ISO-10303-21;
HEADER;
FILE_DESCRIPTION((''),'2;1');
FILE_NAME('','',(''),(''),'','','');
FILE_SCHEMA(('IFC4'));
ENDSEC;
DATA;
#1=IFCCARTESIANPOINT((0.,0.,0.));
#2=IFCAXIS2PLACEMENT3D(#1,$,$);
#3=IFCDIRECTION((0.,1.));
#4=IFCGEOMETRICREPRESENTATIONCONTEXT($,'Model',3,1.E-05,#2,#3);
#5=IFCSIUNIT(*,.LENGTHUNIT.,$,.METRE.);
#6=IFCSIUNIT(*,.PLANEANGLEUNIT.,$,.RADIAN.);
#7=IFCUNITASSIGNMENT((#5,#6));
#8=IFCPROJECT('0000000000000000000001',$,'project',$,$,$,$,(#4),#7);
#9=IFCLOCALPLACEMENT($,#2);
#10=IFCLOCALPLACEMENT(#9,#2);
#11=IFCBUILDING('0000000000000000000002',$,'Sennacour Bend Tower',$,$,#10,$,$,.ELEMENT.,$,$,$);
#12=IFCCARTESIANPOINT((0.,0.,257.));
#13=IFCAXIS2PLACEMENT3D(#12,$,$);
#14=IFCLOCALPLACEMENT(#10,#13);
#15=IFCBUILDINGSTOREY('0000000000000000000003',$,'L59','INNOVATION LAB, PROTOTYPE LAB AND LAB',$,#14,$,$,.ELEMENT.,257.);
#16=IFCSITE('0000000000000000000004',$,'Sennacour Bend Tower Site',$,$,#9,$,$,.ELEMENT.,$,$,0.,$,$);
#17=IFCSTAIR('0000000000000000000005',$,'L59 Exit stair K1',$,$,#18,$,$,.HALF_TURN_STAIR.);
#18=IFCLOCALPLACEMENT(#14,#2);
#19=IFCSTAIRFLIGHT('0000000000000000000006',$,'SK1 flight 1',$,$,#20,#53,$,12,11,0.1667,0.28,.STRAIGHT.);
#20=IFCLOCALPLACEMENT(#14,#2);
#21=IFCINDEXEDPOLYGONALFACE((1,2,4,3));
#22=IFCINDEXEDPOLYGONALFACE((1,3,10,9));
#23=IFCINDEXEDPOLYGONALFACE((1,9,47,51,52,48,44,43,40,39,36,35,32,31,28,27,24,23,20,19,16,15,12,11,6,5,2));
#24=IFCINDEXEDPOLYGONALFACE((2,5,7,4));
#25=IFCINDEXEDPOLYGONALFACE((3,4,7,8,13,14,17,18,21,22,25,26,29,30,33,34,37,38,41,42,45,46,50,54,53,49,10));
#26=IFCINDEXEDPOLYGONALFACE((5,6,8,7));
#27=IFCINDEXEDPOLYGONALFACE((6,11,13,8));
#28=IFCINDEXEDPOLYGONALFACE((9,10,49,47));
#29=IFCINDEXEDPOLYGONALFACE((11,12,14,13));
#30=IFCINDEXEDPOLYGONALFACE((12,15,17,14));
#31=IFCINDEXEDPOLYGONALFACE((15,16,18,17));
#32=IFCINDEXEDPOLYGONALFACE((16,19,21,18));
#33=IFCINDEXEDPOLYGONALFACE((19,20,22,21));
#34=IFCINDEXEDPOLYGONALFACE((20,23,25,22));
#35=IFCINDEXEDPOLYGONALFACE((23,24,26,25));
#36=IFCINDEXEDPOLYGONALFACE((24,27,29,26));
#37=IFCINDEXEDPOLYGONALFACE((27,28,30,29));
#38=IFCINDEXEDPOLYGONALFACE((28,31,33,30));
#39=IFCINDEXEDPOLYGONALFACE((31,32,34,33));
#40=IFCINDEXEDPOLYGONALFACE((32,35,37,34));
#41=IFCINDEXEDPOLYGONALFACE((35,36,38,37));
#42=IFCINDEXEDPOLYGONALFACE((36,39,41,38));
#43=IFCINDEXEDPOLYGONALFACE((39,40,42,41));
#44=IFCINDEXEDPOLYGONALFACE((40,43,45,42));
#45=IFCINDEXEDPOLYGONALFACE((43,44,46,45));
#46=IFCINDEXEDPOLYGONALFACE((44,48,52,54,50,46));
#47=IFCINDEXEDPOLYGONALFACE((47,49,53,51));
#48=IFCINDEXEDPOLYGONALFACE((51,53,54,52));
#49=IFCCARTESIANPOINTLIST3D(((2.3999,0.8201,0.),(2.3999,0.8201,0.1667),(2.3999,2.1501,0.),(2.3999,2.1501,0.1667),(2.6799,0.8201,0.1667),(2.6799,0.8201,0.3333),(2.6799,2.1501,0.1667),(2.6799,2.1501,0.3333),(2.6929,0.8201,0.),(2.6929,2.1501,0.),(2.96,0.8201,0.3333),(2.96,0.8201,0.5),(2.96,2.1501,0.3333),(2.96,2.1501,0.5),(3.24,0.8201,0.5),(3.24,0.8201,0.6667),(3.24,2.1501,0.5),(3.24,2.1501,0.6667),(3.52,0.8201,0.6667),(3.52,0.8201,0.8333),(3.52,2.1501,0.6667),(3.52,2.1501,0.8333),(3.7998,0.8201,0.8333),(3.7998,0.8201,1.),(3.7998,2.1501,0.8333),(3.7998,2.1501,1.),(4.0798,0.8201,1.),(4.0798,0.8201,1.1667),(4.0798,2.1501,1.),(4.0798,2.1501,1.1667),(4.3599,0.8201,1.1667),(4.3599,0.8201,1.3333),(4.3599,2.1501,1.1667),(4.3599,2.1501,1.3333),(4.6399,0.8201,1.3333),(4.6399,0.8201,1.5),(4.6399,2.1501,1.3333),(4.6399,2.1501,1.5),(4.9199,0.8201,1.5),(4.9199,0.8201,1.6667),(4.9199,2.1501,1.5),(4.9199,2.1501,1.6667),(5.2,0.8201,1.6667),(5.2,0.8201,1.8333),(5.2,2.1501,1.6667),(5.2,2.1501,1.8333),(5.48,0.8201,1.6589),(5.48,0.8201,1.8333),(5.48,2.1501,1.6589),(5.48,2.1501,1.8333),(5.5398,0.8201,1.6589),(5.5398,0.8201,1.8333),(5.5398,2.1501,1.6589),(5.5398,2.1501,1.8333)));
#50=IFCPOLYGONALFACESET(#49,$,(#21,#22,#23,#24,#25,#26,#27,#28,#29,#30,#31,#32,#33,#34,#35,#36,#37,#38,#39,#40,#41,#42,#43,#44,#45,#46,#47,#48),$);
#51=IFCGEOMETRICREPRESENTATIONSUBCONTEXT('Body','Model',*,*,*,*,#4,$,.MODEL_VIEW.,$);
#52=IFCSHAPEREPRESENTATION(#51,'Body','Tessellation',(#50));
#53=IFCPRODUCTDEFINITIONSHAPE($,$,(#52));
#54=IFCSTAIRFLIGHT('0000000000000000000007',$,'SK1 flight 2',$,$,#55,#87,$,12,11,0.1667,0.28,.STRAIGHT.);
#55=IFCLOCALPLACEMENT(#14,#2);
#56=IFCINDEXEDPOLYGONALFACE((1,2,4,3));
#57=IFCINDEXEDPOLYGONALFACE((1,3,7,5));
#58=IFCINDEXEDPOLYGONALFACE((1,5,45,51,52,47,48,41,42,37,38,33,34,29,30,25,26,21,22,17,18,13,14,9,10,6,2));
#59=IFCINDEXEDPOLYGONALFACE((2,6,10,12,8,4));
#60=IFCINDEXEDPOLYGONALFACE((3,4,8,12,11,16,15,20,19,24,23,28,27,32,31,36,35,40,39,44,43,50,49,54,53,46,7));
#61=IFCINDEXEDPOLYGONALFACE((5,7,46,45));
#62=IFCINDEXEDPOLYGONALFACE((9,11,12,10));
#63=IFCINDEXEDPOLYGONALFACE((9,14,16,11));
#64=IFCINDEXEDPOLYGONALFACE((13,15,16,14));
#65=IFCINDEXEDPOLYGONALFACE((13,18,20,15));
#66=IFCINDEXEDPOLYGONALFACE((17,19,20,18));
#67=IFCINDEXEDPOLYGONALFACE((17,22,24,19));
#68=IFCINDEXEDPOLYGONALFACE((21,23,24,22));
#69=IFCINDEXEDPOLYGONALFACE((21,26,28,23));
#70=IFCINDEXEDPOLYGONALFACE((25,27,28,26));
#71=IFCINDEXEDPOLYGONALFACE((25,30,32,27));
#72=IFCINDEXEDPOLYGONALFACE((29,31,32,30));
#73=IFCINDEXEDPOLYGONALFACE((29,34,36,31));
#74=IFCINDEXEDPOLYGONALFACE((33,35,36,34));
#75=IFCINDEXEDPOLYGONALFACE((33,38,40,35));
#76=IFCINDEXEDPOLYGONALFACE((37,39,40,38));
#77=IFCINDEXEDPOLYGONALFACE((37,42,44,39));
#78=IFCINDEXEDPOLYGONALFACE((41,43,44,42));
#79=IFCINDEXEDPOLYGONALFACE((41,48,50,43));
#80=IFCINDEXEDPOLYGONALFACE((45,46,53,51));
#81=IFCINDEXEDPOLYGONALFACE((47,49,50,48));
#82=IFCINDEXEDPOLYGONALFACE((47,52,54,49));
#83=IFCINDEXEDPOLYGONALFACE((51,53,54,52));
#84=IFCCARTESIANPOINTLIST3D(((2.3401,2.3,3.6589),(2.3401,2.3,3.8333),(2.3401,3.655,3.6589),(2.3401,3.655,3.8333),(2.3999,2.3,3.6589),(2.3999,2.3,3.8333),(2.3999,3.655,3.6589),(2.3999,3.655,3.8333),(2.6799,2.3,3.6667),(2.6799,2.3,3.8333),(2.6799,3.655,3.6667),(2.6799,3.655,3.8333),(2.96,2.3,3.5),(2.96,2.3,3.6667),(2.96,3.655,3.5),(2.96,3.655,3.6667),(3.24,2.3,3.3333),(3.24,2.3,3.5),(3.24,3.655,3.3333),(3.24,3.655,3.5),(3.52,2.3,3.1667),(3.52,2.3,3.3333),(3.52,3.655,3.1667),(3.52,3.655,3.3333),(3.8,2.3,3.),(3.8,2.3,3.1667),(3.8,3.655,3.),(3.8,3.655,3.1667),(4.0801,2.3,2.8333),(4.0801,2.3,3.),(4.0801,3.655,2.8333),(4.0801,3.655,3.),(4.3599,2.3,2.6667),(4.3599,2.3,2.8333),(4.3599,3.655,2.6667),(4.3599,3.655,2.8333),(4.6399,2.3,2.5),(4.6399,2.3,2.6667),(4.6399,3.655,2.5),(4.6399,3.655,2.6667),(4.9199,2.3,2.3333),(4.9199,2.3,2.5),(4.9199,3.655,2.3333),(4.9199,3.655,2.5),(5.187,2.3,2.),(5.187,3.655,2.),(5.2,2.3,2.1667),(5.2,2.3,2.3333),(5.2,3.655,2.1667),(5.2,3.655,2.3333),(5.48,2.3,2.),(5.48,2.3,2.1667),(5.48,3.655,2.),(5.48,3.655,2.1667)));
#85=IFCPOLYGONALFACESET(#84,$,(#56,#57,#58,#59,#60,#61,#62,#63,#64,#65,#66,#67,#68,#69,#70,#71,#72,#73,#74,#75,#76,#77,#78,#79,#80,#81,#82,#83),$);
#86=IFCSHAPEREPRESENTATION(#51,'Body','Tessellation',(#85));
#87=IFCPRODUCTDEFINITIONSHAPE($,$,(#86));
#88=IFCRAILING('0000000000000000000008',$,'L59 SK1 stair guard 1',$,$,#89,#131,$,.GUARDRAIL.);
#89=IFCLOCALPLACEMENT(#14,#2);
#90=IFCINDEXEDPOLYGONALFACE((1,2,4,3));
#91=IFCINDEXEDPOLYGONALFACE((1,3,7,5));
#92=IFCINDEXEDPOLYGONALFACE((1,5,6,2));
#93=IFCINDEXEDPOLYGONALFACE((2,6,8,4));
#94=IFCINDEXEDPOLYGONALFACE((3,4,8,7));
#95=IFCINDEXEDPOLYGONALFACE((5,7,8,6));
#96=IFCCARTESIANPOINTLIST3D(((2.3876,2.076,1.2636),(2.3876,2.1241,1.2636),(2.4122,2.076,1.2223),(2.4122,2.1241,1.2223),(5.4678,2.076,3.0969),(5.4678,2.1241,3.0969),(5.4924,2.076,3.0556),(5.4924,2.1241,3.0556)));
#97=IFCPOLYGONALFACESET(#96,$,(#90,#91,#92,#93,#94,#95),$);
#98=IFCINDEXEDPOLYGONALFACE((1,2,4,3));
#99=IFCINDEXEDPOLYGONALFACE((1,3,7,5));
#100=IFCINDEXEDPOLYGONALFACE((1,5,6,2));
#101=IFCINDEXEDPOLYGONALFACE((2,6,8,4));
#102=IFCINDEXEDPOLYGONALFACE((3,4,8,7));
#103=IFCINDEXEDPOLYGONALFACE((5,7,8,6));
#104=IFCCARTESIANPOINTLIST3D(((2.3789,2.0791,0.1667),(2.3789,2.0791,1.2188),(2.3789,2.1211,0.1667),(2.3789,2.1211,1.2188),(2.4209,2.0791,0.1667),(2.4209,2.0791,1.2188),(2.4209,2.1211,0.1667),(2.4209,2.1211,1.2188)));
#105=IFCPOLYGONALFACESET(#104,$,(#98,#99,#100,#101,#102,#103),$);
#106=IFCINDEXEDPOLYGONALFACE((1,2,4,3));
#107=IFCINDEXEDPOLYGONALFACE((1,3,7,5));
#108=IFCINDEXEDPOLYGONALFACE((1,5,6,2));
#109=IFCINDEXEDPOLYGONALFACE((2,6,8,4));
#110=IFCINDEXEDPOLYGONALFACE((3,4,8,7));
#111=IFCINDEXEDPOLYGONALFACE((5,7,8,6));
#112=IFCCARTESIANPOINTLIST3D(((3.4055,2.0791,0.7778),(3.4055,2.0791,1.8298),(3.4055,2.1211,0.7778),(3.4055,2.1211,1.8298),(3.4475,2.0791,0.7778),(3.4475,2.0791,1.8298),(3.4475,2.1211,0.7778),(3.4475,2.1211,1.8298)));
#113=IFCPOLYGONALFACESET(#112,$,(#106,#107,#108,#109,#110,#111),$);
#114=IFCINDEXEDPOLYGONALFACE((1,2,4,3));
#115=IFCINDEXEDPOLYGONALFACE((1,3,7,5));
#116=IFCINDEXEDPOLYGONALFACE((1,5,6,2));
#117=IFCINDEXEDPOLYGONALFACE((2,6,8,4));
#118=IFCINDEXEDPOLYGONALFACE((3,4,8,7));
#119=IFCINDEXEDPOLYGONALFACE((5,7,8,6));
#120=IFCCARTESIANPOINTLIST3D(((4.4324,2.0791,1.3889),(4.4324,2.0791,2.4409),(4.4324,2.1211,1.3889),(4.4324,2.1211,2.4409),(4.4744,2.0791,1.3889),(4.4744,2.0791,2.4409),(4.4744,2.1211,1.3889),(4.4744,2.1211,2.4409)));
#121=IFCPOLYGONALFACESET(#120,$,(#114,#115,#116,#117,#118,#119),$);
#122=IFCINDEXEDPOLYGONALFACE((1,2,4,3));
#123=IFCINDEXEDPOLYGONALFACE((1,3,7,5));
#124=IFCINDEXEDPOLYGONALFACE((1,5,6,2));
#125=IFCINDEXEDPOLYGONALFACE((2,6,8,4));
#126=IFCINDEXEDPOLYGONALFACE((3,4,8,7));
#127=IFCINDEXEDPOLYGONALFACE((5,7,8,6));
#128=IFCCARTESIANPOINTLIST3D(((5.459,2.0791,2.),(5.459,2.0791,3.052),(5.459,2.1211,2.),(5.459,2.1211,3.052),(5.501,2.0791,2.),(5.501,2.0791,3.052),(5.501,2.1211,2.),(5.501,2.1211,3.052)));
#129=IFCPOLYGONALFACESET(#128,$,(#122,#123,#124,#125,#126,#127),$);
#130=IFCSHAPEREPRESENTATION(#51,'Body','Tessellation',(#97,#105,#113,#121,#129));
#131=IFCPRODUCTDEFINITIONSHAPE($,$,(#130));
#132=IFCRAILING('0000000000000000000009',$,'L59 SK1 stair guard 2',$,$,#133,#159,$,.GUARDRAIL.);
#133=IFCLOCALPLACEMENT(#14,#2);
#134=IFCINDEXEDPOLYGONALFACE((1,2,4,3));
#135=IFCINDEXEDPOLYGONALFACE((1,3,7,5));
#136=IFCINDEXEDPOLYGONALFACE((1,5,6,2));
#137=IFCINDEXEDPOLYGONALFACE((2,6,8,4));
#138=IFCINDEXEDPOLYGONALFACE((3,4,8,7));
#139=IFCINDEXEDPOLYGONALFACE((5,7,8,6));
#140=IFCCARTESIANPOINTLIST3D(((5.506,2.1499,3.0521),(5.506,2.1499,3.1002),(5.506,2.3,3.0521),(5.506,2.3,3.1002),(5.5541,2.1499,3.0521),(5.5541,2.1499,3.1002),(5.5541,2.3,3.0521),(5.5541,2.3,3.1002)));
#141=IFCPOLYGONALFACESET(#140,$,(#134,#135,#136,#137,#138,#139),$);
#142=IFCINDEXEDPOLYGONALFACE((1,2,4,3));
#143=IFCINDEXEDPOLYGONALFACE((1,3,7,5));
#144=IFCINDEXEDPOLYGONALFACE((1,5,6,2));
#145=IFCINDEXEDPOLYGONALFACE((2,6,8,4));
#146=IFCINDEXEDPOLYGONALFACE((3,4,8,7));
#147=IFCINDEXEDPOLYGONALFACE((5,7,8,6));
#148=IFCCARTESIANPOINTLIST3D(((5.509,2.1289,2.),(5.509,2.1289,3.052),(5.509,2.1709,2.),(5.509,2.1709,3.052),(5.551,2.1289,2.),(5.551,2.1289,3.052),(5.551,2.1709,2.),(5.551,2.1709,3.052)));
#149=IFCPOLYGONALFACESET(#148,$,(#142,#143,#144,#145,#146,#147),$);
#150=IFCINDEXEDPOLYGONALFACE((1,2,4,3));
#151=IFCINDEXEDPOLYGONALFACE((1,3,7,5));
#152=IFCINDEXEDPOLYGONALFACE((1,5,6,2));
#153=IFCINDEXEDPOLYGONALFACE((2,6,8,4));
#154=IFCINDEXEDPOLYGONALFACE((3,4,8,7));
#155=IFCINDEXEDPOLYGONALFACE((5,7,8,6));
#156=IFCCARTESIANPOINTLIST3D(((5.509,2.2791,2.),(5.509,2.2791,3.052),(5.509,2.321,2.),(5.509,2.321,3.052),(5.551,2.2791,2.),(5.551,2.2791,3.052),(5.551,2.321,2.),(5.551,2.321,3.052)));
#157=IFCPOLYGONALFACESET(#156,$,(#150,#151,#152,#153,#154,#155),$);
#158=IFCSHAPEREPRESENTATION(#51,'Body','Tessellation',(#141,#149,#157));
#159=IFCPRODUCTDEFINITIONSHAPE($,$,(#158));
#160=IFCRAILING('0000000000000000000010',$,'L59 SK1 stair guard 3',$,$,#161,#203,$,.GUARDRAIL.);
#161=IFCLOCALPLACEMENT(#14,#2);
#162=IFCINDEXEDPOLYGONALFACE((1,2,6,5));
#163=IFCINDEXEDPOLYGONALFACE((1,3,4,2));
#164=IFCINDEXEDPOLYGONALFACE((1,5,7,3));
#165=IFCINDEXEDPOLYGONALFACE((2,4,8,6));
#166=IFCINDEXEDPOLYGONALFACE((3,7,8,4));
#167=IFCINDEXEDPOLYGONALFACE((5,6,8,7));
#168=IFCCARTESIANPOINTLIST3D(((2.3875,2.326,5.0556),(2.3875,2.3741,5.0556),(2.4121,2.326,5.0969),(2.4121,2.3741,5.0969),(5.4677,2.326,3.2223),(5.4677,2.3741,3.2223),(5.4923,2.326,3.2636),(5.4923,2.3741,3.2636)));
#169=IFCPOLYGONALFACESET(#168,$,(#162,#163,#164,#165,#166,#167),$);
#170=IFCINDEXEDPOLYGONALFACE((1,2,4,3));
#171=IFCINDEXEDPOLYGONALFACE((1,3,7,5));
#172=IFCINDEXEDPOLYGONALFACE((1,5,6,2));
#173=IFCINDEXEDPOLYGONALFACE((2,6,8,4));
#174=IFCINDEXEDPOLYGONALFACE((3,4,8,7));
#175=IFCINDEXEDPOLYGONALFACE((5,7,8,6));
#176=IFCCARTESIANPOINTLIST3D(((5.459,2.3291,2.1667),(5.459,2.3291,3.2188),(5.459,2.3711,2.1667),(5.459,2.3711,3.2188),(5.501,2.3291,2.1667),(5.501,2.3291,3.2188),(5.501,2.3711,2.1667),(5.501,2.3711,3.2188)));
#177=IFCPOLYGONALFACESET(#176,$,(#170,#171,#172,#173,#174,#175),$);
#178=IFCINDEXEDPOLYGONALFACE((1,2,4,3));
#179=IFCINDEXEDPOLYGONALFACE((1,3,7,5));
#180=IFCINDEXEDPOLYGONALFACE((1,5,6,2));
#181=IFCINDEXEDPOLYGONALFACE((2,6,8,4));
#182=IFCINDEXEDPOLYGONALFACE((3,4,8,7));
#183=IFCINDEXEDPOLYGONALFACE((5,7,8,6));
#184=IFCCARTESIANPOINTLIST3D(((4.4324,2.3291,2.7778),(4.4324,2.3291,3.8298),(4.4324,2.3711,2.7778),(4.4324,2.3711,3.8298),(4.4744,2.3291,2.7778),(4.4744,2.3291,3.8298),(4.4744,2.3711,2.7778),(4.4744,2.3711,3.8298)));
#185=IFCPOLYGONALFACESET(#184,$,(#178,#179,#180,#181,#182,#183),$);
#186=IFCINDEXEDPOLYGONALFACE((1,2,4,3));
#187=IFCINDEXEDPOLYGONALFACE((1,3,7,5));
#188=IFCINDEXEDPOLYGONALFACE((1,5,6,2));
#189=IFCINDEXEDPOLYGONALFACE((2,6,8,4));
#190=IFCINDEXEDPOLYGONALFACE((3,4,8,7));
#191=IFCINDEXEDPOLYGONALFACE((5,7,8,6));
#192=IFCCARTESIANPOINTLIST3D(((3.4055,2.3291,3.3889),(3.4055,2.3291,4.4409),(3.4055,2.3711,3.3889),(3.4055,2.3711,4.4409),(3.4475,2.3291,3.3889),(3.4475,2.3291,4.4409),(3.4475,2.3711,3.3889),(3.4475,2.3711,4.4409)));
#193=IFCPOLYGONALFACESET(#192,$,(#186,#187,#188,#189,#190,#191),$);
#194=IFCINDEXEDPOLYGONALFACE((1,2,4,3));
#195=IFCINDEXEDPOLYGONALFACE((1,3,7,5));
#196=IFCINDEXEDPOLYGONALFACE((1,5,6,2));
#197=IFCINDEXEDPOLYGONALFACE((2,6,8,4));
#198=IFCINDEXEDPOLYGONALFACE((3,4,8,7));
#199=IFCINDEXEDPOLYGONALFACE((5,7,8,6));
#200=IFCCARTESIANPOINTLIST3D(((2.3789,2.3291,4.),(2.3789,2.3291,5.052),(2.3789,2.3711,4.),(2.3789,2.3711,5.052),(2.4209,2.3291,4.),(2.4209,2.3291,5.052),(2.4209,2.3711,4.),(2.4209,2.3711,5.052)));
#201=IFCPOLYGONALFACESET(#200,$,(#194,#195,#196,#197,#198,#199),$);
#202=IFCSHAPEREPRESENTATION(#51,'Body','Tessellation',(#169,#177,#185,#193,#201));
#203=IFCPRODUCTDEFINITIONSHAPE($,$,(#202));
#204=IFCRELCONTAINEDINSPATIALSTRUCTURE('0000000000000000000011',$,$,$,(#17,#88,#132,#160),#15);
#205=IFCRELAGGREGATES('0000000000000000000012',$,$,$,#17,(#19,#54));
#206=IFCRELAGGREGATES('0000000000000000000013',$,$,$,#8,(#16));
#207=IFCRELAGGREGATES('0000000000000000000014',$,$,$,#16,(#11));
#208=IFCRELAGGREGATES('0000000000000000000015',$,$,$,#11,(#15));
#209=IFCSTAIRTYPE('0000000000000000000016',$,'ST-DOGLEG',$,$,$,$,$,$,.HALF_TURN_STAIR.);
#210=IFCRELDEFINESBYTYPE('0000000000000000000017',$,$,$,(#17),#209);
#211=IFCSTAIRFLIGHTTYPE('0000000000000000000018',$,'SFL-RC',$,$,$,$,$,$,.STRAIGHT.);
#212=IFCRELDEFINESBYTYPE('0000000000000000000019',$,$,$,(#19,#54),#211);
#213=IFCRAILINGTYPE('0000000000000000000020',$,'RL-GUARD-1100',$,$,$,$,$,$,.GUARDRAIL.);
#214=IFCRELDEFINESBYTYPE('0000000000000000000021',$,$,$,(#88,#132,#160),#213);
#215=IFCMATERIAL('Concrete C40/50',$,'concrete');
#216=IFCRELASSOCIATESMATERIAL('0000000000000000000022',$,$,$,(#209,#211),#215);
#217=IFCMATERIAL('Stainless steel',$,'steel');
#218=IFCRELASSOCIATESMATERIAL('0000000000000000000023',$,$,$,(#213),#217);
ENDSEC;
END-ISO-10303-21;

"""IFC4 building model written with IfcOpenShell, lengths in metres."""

from ifc_helpers import new_model, si_unit, direction, frame, origin, origin_2d, place, context, subcontext, project, spatial, polyline, rectangle, outline, extrude, material, type_object, element, aggregate, save


model = new_model("IFC4")

# Units and contexts
model_context = context("Model", 3, precision=1e-05, world=origin(), true_north=direction((0.0, 1.0)))
body_context = subcontext(model_context, "Body", "Model", "MODEL_VIEW")
ifc_project = project(units=[si_unit("LENGTHUNIT", "METRE"), si_unit("PLANEANGLEUNIT", "RADIAN")], contexts=[model_context])

# Site, building, storey
site_placement = place(None, origin())
site = spatial("IfcSite", under=ifc_project, at=site_placement, Name="Sennacour Bend Tower Site", CompositionType="ELEMENT", RefElevation=0.0)
building_placement = place(site_placement, origin())
building = spatial("IfcBuilding", under=site, at=building_placement, Name="Sennacour Bend Tower", CompositionType="ELEMENT")
storey_placement = place(building_placement, frame((0.0, 0.0, 257.0)))
storey = spatial("IfcBuildingStorey", under=building, at=storey_placement, Name="L59", Description="INNOVATION LAB, PROTOTYPE LAB AND LAB", CompositionType="ELEMENT", Elevation=257.0)

# Shared definitions
ifc_material_1 = material(Name="Concrete C40/50", Category="concrete")

# Stair
stair_type = type_object("IfcStairType", Name="ST-DOGLEG", PredefinedType="HALF_TURN_STAIR", material=ifc_material_1)
stair_1_placement = place(storey_placement, origin())
stair_1 = element("IfcStair", 1, at=stair_1_placement, inside=storey, type_object=stair_type, Name="L59 Exit stair K1", PredefinedType="HALF_TURN_STAIR")

# Stair flights
stair_flight_type = type_object("IfcStairFlightType", Name="SFL-RC", PredefinedType="STRAIGHT", material=ifc_material_1)
stair_flight_1_placement = place(storey_placement, frame((2.3999, 1.4851, 0.0), z_axis=(0.0, 0.0, 1.0), x_axis=(1.0, 0.0, 0.0)))
stair_flight_1 = element("IfcStairFlight", 2, at=stair_flight_1_placement, type_object=stair_flight_type, Name="SK1 flight 1", NumberOfRisers=12, NumberOfTreads=11, PredefinedType="STRAIGHT", RiserHeight=0.1667, TreadLength=0.28, context=body_context, shape_type="SweptSolid", body=[
    extrude(outline(polyline([(0.0, 0.0), (0.0, 0.1667), (0.28, 0.1667), (0.28, 0.3333), (0.5601, 0.3333), (0.5601, 0.5), (0.8401, 0.5), (0.8401, 0.6667), (1.1201, 0.6667), (1.1201, 0.8333), (1.3999, 0.8333), (1.3999, 1.0), (1.6799, 1.0), (1.6799, 1.1667), (1.96, 1.1667), (1.96, 1.3333), (2.24, 1.3333), (2.24, 1.5), (2.52, 1.5), (2.52, 1.6667), (2.8, 1.6667), (2.8, 1.8333), (3.0801, 1.8333), (3.1399, 1.8333), (3.1399, 1.6589), (3.0801, 1.6589), (0.293, 0.0), (0.0, 0.0)])), frame((0.0, 0.665, 0.0), z_axis=(0.0, -1.0, 0.0), x_axis=(1.0, 0.0, 0.0)), (0.0, 0.0, 1.0), 1.3301),
])
stair_flight_2_placement = place(storey_placement, frame((5.48, 2.9775, 2.0), z_axis=(0.0, 0.0, 1.0), x_axis=(-1.0, 0.0, 0.0)))
stair_flight_2 = element("IfcStairFlight", 3, at=stair_flight_2_placement, type_object=stair_flight_type, Name="SK1 flight 2", NumberOfRisers=12, NumberOfTreads=11, PredefinedType="STRAIGHT", RiserHeight=0.1667, TreadLength=0.28, context=body_context, shape_type="SweptSolid", body=[
    extrude(outline(polyline([(0.0, 0.0), (0.0, 0.1667), (0.28, 0.1667), (0.28, 0.3333), (0.5601, 0.3333), (0.5601, 0.5), (0.8401, 0.5), (0.8401, 0.6667), (1.1201, 0.6667), (1.1201, 0.8333), (1.3999, 0.8333), (1.3999, 1.0), (1.6799, 1.0), (1.6799, 1.1667), (1.96, 1.1667), (1.96, 1.3333), (2.24, 1.3333), (2.24, 1.5), (2.52, 1.5), (2.52, 1.6667), (2.8, 1.6667), (2.8, 1.8333), (3.0801, 1.8333), (3.1399, 1.8333), (3.1399, 1.6589), (3.0801, 1.6589), (0.293, 0.0), (0.0, 0.0)])), frame((0.0, 0.6775, 0.0), z_axis=(0.0, -1.0, 0.0), x_axis=(1.0, 0.0, 0.0)), (0.0, 0.0, 1.0), 1.355),
])
aggregate(stair_1, [stair_flight_1, stair_flight_2])

# Railings
ifc_material_2 = material(Name="Stainless steel", Category="steel")
railing_type_1 = type_object("IfcRailingType", Name="RL-GUARD-1100", PredefinedType="GUARDRAIL", material=ifc_material_2)
railing_1_placement = place(storey_placement, frame((2.3999, 2.1001, 0.1667)))
element("IfcRailing", 4, at=railing_1_placement, inside=storey, type_object=railing_type_1, Name="L59 SK1 stair guard 1", PredefinedType="GUARDRAIL", context=body_context, shape_type="SweptSolid", body=[
    extrude(rectangle(XDim=0.0481, YDim=0.0481, at=origin_2d()), frame((0.0, 0.0, 1.0762), z_axis=(0.859309, 0.0, 0.511458), x_axis=(0.0, 1.0, 0.0)), (0.0, 0.0, 1.0), 3.5845),
    extrude(rectangle(XDim=0.042, YDim=0.042, at=origin_2d()), origin(), (0.0, 0.0, 1.0), 1.052),
    extrude(rectangle(XDim=0.042, YDim=0.042, at=origin_2d()), frame((1.0266, 0.0, 0.6111)), (0.0, 0.0, 1.0), 1.052),
    extrude(rectangle(XDim=0.042, YDim=0.042, at=origin_2d()), frame((2.0535, 0.0, 1.2222)), (0.0, 0.0, 1.0), 1.052),
    extrude(rectangle(XDim=0.042, YDim=0.042, at=origin_2d()), frame((3.0801, 0.0, 1.8333)), (0.0, 0.0, 1.0), 1.052),
])
railing_2_placement = place(storey_placement, frame((5.53, 2.1499, 2.0)))
element("IfcRailing", 5, at=railing_2_placement, inside=storey, type_object=railing_type_1, Name="L59 SK1 stair guard 2", PredefinedType="GUARDRAIL", context=body_context, shape_type="SweptSolid", body=[
    extrude(rectangle(XDim=0.0481, YDim=0.0481, at=origin_2d()), frame((0.0, 0.0, 1.0762), z_axis=(0.0, 1.0, 0.0), x_axis=(-1.0, 0.0, 0.0)), (0.0, 0.0, 1.0), 0.1501),
    extrude(rectangle(XDim=0.042, YDim=0.042, at=origin_2d()), origin(), (0.0, 0.0, 1.0), 1.052),
    extrude(rectangle(XDim=0.042, YDim=0.042, at=origin_2d()), frame((0.0, 0.1501, 0.0)), (0.0, 0.0, 1.0), 1.052),
])
railing_3_placement = place(storey_placement, frame((5.48, 2.3501, 2.1667)))
element("IfcRailing", 6, at=railing_3_placement, inside=storey, type_object=railing_type_1, Name="L59 SK1 stair guard 3", PredefinedType="GUARDRAIL", context=body_context, shape_type="SweptSolid", body=[
    extrude(rectangle(XDim=0.0481, YDim=0.0481, at=origin_2d()), frame((0.0, 0.0, 1.0762), z_axis=(-0.859309, 0.0, 0.511458), x_axis=(0.0, -1.0, 0.0)), (0.0, 0.0, 1.0), 3.5845),
    extrude(rectangle(XDim=0.042, YDim=0.042, at=origin_2d()), origin(), (0.0, 0.0, 1.0), 1.052),
    extrude(rectangle(XDim=0.042, YDim=0.042, at=origin_2d()), frame((-1.0266, 0.0, 0.6111)), (0.0, 0.0, 1.0), 1.052),
    extrude(rectangle(XDim=0.042, YDim=0.042, at=origin_2d()), frame((-2.0535, 0.0, 1.2222)), (0.0, 0.0, 1.0), 1.052),
    extrude(rectangle(XDim=0.042, YDim=0.042, at=origin_2d()), frame((-3.0801, 0.0, 1.8333)), (0.0, 0.0, 1.0), 1.052),
])

save(model, "model.ifc")
